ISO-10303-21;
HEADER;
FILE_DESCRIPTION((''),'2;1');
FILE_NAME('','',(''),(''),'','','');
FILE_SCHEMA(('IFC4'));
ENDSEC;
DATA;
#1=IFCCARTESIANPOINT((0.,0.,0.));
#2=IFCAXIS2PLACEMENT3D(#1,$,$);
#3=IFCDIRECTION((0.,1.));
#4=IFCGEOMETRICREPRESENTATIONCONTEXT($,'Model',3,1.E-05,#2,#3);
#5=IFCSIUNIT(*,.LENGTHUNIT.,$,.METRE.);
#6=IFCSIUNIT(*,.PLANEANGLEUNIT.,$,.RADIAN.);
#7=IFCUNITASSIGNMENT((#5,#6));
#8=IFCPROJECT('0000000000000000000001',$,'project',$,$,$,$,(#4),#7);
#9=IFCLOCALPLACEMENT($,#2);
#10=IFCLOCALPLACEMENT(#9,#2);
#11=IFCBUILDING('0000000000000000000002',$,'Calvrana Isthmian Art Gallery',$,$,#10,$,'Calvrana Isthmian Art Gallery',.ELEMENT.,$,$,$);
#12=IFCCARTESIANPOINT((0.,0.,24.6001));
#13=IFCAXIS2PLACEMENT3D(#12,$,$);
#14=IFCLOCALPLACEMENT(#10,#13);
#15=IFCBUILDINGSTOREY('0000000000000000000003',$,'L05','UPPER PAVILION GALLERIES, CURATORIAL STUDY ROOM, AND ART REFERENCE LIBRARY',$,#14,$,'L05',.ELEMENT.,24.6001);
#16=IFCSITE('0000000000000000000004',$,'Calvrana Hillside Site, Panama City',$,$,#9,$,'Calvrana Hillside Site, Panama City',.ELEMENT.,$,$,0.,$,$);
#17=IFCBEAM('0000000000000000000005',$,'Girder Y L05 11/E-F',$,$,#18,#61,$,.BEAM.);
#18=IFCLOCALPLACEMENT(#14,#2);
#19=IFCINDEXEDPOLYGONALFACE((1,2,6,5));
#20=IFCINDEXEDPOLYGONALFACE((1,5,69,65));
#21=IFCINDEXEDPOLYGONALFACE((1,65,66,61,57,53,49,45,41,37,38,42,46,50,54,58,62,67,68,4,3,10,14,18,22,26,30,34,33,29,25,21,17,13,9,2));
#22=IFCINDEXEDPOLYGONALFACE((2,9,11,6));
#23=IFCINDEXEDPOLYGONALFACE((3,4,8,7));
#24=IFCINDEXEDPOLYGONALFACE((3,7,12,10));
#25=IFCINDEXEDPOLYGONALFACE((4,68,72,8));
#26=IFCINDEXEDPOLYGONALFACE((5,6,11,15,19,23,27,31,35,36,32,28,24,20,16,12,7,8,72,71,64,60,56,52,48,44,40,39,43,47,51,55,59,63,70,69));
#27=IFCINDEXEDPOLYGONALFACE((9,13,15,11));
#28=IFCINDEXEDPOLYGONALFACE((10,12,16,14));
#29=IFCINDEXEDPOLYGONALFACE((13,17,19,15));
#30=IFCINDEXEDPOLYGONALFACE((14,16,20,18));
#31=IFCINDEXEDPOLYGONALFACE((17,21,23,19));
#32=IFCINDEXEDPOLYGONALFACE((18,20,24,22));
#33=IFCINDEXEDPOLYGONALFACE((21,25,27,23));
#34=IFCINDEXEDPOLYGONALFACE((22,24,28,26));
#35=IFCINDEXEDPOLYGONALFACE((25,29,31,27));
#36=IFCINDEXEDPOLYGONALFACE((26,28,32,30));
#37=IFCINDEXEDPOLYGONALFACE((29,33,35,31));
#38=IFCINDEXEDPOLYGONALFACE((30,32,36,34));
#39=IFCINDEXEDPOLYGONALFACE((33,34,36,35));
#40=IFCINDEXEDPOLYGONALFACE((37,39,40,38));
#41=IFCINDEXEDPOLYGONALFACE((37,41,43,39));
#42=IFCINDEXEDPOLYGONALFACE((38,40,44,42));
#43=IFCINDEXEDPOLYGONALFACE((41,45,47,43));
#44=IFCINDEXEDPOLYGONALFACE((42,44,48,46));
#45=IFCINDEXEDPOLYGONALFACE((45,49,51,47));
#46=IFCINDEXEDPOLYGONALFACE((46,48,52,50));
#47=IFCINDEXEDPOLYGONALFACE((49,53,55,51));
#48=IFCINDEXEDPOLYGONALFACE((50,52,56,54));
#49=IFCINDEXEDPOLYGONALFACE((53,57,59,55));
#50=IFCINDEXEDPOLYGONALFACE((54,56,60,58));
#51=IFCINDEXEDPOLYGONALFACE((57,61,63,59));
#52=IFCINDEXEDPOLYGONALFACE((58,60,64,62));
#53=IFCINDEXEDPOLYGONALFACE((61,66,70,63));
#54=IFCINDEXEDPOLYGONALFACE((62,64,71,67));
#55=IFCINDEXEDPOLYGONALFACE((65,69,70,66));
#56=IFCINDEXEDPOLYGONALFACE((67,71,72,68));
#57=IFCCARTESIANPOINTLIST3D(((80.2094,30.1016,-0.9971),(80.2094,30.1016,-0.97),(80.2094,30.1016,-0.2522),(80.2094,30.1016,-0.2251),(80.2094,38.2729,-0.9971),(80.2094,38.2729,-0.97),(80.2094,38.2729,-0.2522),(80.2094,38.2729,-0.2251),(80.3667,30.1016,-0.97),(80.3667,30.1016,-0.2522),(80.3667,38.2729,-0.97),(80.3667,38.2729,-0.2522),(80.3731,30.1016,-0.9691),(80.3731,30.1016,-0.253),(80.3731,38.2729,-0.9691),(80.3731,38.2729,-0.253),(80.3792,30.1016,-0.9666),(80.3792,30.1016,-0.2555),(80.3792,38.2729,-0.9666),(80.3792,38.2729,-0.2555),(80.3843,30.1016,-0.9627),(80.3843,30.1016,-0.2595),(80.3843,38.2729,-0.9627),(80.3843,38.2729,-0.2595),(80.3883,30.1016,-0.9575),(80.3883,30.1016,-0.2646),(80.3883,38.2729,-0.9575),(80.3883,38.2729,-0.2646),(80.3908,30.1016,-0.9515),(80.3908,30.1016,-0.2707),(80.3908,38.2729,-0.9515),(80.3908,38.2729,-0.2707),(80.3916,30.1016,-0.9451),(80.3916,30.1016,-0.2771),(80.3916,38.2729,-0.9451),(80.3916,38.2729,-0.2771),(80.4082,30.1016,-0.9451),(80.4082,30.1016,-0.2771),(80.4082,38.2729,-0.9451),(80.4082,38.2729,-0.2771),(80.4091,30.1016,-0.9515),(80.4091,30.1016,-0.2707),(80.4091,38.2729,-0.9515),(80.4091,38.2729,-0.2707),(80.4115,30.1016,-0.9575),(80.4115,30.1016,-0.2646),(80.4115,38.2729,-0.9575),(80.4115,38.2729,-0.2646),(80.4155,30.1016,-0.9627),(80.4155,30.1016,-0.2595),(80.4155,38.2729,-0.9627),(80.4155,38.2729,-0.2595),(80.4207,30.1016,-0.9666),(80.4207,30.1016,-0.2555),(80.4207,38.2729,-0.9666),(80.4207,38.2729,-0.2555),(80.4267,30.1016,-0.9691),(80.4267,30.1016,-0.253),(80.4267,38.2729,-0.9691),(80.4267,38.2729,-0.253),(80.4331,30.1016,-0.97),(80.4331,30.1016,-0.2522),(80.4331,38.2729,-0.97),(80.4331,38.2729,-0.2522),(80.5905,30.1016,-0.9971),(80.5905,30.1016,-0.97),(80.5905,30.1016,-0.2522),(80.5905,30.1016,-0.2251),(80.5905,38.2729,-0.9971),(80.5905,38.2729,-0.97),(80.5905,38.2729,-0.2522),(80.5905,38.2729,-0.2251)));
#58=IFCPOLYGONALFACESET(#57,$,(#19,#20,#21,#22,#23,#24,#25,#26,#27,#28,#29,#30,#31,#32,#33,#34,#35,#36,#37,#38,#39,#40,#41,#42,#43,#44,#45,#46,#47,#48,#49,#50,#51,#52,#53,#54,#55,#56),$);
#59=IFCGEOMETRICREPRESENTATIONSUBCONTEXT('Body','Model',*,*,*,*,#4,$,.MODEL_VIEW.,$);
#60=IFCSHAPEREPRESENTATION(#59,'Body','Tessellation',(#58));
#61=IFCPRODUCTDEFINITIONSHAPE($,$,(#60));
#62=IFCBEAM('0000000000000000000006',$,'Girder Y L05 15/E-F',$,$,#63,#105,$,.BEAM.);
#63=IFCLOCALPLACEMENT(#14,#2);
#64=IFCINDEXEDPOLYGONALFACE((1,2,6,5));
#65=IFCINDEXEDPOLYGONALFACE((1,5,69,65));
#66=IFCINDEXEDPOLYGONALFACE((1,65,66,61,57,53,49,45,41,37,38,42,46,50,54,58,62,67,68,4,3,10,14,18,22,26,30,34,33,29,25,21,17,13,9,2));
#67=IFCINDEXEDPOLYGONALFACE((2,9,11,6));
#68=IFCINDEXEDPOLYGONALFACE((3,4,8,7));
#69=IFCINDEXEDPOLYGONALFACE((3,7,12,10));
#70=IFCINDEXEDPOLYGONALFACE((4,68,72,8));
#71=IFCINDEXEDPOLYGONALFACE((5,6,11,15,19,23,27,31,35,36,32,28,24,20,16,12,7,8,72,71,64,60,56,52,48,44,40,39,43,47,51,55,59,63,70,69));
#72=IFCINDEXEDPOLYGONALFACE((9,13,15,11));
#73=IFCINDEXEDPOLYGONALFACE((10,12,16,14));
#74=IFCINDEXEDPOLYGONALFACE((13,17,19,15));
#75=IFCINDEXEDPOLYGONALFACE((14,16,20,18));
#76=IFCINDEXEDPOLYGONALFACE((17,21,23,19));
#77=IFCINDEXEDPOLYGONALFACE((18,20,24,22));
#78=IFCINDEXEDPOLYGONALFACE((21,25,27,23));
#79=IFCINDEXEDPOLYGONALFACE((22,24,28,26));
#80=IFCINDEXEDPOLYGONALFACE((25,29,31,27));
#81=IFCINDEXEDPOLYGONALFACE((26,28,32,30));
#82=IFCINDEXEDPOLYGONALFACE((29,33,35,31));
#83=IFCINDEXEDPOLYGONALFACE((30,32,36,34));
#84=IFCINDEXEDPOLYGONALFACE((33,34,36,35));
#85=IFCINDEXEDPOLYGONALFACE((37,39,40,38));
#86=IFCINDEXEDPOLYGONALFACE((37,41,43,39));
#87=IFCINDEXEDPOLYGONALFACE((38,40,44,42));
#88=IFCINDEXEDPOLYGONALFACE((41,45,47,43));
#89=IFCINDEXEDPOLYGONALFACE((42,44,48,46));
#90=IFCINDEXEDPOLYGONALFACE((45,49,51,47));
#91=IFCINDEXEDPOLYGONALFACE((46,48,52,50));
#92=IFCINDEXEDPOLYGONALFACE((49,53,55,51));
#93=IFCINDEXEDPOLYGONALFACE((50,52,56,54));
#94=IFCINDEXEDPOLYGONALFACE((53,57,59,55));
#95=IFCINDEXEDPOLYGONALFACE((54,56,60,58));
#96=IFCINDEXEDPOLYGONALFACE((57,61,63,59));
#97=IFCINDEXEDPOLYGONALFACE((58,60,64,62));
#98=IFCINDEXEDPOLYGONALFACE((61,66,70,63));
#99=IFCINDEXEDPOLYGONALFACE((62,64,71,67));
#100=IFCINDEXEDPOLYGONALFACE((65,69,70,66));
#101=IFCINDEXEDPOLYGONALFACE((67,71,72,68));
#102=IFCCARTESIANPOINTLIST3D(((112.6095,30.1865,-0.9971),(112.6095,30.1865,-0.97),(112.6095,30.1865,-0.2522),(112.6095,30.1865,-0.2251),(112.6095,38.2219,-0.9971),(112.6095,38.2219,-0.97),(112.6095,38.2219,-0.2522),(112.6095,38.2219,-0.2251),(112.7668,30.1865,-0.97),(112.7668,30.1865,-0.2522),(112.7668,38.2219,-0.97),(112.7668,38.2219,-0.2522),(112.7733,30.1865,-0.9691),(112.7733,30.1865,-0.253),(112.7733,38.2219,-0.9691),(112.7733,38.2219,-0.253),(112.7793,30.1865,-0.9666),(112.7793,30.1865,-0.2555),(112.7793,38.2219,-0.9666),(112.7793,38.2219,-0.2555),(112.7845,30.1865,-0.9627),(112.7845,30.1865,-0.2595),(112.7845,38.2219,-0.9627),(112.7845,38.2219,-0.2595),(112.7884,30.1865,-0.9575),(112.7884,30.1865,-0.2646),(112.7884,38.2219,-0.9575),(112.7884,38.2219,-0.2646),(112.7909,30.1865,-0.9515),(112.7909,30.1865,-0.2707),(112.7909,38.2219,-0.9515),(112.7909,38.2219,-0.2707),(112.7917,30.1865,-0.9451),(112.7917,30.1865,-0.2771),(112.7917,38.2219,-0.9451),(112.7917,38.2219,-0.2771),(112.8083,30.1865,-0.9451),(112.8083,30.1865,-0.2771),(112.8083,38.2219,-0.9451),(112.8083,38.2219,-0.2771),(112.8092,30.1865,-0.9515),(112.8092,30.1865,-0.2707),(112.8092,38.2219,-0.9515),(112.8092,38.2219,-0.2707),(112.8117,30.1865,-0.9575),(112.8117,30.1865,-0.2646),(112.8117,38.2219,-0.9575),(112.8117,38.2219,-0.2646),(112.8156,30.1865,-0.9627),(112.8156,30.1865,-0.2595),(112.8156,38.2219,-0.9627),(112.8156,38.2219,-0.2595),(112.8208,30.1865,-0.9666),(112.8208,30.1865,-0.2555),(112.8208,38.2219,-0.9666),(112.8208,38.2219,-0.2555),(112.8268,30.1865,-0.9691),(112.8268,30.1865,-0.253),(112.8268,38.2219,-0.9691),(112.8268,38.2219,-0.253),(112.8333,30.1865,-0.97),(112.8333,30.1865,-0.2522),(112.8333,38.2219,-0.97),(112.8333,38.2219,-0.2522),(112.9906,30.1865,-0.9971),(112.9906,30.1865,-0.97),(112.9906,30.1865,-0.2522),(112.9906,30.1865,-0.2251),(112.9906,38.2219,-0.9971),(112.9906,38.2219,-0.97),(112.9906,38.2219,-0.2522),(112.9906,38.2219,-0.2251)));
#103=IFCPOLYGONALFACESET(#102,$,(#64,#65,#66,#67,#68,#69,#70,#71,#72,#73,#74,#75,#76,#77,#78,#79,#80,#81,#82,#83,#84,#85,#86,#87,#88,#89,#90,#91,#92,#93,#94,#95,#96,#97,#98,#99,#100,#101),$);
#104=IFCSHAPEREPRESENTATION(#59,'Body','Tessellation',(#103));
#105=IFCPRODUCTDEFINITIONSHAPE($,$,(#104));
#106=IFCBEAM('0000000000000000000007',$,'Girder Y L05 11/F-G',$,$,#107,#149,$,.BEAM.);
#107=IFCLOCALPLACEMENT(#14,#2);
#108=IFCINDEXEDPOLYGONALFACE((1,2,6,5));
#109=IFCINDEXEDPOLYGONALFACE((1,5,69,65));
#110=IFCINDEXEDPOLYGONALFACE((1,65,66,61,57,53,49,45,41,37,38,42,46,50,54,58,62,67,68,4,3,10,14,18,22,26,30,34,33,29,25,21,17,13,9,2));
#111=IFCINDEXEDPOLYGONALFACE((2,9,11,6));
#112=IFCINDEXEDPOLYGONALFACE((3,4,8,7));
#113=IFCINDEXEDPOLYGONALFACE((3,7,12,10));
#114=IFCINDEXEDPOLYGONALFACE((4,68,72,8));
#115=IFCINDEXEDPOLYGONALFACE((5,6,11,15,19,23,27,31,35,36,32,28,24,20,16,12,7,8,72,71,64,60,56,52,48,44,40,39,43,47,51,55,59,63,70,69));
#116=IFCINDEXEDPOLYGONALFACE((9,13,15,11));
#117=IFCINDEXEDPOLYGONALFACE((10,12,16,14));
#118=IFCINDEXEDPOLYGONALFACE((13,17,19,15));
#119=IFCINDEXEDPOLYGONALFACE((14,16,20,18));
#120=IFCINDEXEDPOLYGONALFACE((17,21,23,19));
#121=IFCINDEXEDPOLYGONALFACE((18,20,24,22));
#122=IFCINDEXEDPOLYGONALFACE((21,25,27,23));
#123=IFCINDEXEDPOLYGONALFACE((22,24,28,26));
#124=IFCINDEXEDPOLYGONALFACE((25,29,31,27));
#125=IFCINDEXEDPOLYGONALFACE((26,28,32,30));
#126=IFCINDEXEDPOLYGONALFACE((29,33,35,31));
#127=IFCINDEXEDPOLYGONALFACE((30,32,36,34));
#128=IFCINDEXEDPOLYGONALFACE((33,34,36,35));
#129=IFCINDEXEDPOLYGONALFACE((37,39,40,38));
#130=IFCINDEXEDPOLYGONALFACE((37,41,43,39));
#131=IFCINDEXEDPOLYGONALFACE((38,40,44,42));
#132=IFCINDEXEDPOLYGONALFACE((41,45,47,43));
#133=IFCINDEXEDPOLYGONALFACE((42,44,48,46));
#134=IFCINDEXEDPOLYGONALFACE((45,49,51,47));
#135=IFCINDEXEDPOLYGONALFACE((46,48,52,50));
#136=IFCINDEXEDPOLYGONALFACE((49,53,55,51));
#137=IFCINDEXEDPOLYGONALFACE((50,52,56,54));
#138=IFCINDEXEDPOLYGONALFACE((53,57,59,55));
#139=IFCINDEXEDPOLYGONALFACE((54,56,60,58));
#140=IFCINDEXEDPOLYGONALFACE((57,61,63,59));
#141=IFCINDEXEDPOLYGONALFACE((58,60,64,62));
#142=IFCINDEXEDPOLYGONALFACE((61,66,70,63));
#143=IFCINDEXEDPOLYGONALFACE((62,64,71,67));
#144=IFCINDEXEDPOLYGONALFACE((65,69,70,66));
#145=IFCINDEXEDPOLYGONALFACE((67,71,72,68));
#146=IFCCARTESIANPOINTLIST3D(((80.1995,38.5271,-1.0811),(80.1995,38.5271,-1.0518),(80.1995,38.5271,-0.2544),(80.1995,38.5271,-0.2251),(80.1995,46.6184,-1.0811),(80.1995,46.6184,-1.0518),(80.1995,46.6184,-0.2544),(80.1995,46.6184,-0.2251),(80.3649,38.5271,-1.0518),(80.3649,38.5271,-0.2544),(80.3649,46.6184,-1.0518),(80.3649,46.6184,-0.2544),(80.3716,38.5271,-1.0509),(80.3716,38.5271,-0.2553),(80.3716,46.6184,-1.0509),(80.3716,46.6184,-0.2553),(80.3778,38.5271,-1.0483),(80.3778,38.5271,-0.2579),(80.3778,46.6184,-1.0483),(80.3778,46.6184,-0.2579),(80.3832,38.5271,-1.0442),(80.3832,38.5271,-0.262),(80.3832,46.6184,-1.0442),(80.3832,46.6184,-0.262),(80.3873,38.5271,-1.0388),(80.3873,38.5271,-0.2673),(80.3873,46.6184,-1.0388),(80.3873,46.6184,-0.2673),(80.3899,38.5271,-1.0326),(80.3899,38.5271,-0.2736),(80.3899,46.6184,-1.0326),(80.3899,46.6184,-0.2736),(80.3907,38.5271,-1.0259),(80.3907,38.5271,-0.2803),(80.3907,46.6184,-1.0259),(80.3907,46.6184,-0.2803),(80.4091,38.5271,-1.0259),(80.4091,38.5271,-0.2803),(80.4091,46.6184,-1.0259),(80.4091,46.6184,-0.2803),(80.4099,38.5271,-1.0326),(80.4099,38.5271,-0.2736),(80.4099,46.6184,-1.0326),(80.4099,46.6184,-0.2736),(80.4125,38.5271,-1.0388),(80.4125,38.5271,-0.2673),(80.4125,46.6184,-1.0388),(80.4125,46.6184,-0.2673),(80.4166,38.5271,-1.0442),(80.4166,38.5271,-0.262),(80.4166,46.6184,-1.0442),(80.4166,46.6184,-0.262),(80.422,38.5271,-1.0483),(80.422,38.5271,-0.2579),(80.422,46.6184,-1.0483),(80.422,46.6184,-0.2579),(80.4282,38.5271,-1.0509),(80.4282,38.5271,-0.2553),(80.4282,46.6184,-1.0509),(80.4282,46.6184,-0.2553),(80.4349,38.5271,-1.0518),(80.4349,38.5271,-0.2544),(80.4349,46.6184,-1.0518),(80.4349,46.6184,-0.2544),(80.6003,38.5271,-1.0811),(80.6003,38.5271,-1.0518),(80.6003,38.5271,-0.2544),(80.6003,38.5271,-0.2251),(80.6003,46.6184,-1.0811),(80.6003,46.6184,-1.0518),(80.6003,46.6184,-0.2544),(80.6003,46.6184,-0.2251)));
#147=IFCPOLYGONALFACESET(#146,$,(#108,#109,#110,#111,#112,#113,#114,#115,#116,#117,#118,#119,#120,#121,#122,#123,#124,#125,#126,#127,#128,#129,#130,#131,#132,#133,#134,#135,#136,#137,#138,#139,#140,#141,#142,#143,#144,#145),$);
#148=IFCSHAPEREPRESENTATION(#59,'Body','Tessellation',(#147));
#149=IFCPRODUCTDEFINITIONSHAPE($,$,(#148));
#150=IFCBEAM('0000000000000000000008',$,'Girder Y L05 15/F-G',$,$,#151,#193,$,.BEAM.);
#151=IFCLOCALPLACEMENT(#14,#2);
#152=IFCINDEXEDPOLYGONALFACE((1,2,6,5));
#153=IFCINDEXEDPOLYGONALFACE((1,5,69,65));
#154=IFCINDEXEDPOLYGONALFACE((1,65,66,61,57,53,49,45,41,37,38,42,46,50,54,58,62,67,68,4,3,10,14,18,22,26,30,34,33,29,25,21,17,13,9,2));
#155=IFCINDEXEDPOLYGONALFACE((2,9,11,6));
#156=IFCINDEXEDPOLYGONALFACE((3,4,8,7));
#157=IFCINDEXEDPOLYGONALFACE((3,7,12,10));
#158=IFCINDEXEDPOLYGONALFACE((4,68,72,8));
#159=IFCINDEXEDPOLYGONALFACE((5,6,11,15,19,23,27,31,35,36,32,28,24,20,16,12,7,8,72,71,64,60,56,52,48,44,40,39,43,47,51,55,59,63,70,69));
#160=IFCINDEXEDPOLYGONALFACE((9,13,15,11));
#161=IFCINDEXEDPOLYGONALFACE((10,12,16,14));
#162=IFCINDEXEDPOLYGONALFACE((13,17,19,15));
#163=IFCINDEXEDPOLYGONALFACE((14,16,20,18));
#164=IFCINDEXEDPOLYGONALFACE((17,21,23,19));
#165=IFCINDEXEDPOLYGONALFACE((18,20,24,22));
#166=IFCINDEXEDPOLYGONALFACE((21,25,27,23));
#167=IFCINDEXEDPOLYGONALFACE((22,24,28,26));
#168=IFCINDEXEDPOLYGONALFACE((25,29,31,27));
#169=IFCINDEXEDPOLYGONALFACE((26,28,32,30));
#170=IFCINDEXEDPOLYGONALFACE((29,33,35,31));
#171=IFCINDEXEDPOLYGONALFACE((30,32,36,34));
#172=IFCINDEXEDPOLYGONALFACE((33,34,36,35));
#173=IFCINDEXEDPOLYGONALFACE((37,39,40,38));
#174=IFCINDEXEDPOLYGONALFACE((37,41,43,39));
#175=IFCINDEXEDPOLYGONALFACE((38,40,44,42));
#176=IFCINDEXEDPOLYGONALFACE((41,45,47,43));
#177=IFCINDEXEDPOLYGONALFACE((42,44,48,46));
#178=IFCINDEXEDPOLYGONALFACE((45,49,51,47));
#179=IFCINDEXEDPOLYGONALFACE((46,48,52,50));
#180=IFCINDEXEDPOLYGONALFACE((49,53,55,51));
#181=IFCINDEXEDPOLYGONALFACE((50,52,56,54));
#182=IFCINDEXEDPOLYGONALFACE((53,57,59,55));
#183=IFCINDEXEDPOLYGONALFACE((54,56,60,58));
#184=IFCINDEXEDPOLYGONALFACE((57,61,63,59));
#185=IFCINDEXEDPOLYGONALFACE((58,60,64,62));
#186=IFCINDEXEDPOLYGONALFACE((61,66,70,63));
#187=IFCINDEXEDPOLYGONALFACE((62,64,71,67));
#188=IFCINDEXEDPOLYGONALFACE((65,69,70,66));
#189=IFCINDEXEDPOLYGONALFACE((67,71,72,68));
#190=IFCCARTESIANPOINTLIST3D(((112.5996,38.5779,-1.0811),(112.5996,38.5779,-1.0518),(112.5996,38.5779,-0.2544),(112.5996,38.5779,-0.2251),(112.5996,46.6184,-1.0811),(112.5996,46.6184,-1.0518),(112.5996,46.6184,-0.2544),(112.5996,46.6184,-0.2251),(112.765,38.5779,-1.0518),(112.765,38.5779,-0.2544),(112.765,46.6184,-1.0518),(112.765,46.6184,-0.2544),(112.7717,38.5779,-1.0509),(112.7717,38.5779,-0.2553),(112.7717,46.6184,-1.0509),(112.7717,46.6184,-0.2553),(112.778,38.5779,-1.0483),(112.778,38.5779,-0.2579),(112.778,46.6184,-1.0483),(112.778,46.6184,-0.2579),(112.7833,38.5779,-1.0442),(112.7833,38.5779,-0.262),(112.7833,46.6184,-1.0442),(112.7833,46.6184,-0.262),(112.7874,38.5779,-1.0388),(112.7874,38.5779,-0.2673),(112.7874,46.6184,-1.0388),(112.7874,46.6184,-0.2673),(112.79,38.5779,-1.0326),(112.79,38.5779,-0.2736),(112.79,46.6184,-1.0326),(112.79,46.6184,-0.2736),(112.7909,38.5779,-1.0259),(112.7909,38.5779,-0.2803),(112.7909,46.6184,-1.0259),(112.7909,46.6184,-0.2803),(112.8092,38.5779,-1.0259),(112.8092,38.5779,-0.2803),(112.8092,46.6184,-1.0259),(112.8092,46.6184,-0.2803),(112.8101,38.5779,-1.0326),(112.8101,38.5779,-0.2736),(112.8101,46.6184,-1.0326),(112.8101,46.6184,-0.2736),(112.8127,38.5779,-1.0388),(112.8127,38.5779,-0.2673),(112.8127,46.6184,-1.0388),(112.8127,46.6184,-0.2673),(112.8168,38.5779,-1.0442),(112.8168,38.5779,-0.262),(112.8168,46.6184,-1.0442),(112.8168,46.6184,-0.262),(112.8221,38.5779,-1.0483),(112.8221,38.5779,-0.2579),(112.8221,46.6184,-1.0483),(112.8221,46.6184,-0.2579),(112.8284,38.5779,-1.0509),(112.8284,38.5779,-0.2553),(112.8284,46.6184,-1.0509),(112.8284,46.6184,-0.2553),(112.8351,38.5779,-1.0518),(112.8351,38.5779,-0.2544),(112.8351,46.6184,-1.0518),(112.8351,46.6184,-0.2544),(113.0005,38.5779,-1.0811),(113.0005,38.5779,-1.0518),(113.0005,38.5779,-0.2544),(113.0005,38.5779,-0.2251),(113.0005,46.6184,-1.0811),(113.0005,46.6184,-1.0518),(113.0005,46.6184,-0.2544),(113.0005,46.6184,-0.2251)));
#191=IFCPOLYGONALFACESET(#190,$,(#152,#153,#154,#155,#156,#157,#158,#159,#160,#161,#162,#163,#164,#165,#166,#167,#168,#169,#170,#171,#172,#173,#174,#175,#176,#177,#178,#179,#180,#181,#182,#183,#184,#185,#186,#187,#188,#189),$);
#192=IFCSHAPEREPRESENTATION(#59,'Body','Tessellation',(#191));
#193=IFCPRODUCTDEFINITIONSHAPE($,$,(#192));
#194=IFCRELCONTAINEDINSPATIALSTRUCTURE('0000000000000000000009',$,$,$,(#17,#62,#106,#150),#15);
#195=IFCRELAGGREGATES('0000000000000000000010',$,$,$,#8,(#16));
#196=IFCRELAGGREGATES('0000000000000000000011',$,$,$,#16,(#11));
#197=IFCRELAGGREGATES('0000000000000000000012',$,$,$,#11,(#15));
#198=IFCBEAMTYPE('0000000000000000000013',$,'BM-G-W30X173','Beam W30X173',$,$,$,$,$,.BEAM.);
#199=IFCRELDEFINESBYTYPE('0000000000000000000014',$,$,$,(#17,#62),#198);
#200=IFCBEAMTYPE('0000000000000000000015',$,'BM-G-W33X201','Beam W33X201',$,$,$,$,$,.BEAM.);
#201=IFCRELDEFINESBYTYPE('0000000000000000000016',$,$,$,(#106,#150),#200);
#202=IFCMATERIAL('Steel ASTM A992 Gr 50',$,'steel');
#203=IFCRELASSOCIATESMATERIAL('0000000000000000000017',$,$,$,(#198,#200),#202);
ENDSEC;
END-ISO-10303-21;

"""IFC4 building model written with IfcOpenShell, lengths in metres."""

from ifc_helpers import new_model, si_unit, direction, frame, origin, origin_2d, place, context, subcontext, project, spatial, i_section, extrude, material, material_profile, profile_set, type_object, element, save


model = new_model("IFC4")

# Units and contexts
model_context = context("Model", 3, precision=1e-05, world=origin(), true_north=direction((0.0, 1.0)))
body_context = subcontext(model_context, "Body", "Model", "MODEL_VIEW")
ifc_project = project(units=[si_unit("LENGTHUNIT", "METRE"), si_unit("PLANEANGLEUNIT", "RADIAN")], contexts=[model_context])

# Site, building, storey
site_placement = place(None, origin())
site = spatial("IfcSite", under=ifc_project, at=site_placement, Name="Calvrana Hillside Site, Panama City", LongName="Calvrana Hillside Site, Panama City", CompositionType="ELEMENT", RefElevation=0.0)
building_placement = place(site_placement, origin())
building = spatial("IfcBuilding", under=site, at=building_placement, Name="Calvrana Isthmian Art Gallery", LongName="Calvrana Isthmian Art Gallery", CompositionType="ELEMENT")
storey_placement = place(building_placement, frame((0.0, 0.0, 24.6001)))
storey = spatial("IfcBuildingStorey", under=building, at=storey_placement, Name="L05", Description="UPPER PAVILION GALLERIES, CURATORIAL STUDY ROOM, AND ART REFERENCE LIBRARY", LongName="L05", CompositionType="ELEMENT", Elevation=24.6001)

# Beams
ifc_material_1 = material(Name="Steel ASTM A992 Gr 50", Category="steel")
ifc_material_profile_1 = material_profile(ifc_material_1, i_section(OverallWidth=0.3811, OverallDepth=0.772, WebThickness=0.0166, FlangeThickness=0.0271, FilletRadius=0.0249, at=origin_2d()), Name="W30X173")
ifc_profile_set_1 = profile_set([ifc_material_profile_1], Name="Steel ASTM A992 Gr 50")
beam_type_1 = type_object("IfcBeamType", Name="BM-G-W30X173", Description="Beam W30X173", PredefinedType="BEAM", material=ifc_profile_set_1)
beam_1_placement = place(storey_placement, frame((80.3999, 30.1016, -0.6111), z_axis=(0.0, 1.0, 0.0), x_axis=(-1.0, 0.0, 0.0)))
element("IfcBeam", 1, at=beam_1_placement, inside=storey, type_object=beam_type_1, Name="Girder Y L05 11/E-F", PredefinedType="BEAM", context=body_context, shape_type="SweptSolid", body=[
    extrude(i_section(OverallWidth=0.3811, OverallDepth=0.772, WebThickness=0.0166, FlangeThickness=0.0271, FilletRadius=0.0249, at=origin_2d()), origin(), (0.0, 0.0, 1.0), 8.1714),
])
beam_2_placement = place(storey_placement, frame((112.8, 30.1865, -0.6111), z_axis=(0.0, 1.0, 0.0), x_axis=(-1.0, 0.0, 0.0)))
element("IfcBeam", 2, at=beam_2_placement, inside=storey, type_object=beam_type_1, Name="Girder Y L05 15/E-F", PredefinedType="BEAM", context=body_context, shape_type="SweptSolid", body=[
    extrude(i_section(OverallWidth=0.3811, OverallDepth=0.772, WebThickness=0.0166, FlangeThickness=0.0271, FilletRadius=0.0249, at=origin_2d()), origin(), (0.0, 0.0, 1.0), 8.0354),
])
ifc_material_profile_2 = material_profile(ifc_material_1, i_section(OverallWidth=0.4009, OverallDepth=0.856, WebThickness=0.0183, FlangeThickness=0.0293, FilletRadius=0.0259, at=origin_2d()), Name="W33X201")
ifc_profile_set_2 = profile_set([ifc_material_profile_2], Name="Steel ASTM A992 Gr 50")
beam_type_2 = type_object("IfcBeamType", Name="BM-G-W33X201", Description="Beam W33X201", PredefinedType="BEAM", material=ifc_profile_set_2)
beam_3_placement = place(storey_placement, frame((80.3999, 38.5271, -0.6531), z_axis=(0.0, 1.0, 0.0), x_axis=(-1.0, 0.0, 0.0)))
element("IfcBeam", 3, at=beam_3_placement, inside=storey, type_object=beam_type_2, Name="Girder Y L05 11/F-G", PredefinedType="BEAM", context=body_context, shape_type="SweptSolid", body=[
    extrude(i_section(OverallWidth=0.4009, OverallDepth=0.856, WebThickness=0.0183, FlangeThickness=0.0293, FilletRadius=0.0259, at=origin_2d()), origin(), (0.0, 0.0, 1.0), 8.0913),
])
beam_4_placement = place(storey_placement, frame((112.8, 38.5779, -0.6531), z_axis=(0.0, 1.0, 0.0), x_axis=(-1.0, 0.0, 0.0)))
element("IfcBeam", 4, at=beam_4_placement, inside=storey, type_object=beam_type_2, Name="Girder Y L05 15/F-G", PredefinedType="BEAM", context=body_context, shape_type="SweptSolid", body=[
    extrude(i_section(OverallWidth=0.4009, OverallDepth=0.856, WebThickness=0.0183, FlangeThickness=0.0293, FilletRadius=0.0259, at=origin_2d()), origin(), (0.0, 0.0, 1.0), 8.0405),
])

save(model, "model.ifc")
